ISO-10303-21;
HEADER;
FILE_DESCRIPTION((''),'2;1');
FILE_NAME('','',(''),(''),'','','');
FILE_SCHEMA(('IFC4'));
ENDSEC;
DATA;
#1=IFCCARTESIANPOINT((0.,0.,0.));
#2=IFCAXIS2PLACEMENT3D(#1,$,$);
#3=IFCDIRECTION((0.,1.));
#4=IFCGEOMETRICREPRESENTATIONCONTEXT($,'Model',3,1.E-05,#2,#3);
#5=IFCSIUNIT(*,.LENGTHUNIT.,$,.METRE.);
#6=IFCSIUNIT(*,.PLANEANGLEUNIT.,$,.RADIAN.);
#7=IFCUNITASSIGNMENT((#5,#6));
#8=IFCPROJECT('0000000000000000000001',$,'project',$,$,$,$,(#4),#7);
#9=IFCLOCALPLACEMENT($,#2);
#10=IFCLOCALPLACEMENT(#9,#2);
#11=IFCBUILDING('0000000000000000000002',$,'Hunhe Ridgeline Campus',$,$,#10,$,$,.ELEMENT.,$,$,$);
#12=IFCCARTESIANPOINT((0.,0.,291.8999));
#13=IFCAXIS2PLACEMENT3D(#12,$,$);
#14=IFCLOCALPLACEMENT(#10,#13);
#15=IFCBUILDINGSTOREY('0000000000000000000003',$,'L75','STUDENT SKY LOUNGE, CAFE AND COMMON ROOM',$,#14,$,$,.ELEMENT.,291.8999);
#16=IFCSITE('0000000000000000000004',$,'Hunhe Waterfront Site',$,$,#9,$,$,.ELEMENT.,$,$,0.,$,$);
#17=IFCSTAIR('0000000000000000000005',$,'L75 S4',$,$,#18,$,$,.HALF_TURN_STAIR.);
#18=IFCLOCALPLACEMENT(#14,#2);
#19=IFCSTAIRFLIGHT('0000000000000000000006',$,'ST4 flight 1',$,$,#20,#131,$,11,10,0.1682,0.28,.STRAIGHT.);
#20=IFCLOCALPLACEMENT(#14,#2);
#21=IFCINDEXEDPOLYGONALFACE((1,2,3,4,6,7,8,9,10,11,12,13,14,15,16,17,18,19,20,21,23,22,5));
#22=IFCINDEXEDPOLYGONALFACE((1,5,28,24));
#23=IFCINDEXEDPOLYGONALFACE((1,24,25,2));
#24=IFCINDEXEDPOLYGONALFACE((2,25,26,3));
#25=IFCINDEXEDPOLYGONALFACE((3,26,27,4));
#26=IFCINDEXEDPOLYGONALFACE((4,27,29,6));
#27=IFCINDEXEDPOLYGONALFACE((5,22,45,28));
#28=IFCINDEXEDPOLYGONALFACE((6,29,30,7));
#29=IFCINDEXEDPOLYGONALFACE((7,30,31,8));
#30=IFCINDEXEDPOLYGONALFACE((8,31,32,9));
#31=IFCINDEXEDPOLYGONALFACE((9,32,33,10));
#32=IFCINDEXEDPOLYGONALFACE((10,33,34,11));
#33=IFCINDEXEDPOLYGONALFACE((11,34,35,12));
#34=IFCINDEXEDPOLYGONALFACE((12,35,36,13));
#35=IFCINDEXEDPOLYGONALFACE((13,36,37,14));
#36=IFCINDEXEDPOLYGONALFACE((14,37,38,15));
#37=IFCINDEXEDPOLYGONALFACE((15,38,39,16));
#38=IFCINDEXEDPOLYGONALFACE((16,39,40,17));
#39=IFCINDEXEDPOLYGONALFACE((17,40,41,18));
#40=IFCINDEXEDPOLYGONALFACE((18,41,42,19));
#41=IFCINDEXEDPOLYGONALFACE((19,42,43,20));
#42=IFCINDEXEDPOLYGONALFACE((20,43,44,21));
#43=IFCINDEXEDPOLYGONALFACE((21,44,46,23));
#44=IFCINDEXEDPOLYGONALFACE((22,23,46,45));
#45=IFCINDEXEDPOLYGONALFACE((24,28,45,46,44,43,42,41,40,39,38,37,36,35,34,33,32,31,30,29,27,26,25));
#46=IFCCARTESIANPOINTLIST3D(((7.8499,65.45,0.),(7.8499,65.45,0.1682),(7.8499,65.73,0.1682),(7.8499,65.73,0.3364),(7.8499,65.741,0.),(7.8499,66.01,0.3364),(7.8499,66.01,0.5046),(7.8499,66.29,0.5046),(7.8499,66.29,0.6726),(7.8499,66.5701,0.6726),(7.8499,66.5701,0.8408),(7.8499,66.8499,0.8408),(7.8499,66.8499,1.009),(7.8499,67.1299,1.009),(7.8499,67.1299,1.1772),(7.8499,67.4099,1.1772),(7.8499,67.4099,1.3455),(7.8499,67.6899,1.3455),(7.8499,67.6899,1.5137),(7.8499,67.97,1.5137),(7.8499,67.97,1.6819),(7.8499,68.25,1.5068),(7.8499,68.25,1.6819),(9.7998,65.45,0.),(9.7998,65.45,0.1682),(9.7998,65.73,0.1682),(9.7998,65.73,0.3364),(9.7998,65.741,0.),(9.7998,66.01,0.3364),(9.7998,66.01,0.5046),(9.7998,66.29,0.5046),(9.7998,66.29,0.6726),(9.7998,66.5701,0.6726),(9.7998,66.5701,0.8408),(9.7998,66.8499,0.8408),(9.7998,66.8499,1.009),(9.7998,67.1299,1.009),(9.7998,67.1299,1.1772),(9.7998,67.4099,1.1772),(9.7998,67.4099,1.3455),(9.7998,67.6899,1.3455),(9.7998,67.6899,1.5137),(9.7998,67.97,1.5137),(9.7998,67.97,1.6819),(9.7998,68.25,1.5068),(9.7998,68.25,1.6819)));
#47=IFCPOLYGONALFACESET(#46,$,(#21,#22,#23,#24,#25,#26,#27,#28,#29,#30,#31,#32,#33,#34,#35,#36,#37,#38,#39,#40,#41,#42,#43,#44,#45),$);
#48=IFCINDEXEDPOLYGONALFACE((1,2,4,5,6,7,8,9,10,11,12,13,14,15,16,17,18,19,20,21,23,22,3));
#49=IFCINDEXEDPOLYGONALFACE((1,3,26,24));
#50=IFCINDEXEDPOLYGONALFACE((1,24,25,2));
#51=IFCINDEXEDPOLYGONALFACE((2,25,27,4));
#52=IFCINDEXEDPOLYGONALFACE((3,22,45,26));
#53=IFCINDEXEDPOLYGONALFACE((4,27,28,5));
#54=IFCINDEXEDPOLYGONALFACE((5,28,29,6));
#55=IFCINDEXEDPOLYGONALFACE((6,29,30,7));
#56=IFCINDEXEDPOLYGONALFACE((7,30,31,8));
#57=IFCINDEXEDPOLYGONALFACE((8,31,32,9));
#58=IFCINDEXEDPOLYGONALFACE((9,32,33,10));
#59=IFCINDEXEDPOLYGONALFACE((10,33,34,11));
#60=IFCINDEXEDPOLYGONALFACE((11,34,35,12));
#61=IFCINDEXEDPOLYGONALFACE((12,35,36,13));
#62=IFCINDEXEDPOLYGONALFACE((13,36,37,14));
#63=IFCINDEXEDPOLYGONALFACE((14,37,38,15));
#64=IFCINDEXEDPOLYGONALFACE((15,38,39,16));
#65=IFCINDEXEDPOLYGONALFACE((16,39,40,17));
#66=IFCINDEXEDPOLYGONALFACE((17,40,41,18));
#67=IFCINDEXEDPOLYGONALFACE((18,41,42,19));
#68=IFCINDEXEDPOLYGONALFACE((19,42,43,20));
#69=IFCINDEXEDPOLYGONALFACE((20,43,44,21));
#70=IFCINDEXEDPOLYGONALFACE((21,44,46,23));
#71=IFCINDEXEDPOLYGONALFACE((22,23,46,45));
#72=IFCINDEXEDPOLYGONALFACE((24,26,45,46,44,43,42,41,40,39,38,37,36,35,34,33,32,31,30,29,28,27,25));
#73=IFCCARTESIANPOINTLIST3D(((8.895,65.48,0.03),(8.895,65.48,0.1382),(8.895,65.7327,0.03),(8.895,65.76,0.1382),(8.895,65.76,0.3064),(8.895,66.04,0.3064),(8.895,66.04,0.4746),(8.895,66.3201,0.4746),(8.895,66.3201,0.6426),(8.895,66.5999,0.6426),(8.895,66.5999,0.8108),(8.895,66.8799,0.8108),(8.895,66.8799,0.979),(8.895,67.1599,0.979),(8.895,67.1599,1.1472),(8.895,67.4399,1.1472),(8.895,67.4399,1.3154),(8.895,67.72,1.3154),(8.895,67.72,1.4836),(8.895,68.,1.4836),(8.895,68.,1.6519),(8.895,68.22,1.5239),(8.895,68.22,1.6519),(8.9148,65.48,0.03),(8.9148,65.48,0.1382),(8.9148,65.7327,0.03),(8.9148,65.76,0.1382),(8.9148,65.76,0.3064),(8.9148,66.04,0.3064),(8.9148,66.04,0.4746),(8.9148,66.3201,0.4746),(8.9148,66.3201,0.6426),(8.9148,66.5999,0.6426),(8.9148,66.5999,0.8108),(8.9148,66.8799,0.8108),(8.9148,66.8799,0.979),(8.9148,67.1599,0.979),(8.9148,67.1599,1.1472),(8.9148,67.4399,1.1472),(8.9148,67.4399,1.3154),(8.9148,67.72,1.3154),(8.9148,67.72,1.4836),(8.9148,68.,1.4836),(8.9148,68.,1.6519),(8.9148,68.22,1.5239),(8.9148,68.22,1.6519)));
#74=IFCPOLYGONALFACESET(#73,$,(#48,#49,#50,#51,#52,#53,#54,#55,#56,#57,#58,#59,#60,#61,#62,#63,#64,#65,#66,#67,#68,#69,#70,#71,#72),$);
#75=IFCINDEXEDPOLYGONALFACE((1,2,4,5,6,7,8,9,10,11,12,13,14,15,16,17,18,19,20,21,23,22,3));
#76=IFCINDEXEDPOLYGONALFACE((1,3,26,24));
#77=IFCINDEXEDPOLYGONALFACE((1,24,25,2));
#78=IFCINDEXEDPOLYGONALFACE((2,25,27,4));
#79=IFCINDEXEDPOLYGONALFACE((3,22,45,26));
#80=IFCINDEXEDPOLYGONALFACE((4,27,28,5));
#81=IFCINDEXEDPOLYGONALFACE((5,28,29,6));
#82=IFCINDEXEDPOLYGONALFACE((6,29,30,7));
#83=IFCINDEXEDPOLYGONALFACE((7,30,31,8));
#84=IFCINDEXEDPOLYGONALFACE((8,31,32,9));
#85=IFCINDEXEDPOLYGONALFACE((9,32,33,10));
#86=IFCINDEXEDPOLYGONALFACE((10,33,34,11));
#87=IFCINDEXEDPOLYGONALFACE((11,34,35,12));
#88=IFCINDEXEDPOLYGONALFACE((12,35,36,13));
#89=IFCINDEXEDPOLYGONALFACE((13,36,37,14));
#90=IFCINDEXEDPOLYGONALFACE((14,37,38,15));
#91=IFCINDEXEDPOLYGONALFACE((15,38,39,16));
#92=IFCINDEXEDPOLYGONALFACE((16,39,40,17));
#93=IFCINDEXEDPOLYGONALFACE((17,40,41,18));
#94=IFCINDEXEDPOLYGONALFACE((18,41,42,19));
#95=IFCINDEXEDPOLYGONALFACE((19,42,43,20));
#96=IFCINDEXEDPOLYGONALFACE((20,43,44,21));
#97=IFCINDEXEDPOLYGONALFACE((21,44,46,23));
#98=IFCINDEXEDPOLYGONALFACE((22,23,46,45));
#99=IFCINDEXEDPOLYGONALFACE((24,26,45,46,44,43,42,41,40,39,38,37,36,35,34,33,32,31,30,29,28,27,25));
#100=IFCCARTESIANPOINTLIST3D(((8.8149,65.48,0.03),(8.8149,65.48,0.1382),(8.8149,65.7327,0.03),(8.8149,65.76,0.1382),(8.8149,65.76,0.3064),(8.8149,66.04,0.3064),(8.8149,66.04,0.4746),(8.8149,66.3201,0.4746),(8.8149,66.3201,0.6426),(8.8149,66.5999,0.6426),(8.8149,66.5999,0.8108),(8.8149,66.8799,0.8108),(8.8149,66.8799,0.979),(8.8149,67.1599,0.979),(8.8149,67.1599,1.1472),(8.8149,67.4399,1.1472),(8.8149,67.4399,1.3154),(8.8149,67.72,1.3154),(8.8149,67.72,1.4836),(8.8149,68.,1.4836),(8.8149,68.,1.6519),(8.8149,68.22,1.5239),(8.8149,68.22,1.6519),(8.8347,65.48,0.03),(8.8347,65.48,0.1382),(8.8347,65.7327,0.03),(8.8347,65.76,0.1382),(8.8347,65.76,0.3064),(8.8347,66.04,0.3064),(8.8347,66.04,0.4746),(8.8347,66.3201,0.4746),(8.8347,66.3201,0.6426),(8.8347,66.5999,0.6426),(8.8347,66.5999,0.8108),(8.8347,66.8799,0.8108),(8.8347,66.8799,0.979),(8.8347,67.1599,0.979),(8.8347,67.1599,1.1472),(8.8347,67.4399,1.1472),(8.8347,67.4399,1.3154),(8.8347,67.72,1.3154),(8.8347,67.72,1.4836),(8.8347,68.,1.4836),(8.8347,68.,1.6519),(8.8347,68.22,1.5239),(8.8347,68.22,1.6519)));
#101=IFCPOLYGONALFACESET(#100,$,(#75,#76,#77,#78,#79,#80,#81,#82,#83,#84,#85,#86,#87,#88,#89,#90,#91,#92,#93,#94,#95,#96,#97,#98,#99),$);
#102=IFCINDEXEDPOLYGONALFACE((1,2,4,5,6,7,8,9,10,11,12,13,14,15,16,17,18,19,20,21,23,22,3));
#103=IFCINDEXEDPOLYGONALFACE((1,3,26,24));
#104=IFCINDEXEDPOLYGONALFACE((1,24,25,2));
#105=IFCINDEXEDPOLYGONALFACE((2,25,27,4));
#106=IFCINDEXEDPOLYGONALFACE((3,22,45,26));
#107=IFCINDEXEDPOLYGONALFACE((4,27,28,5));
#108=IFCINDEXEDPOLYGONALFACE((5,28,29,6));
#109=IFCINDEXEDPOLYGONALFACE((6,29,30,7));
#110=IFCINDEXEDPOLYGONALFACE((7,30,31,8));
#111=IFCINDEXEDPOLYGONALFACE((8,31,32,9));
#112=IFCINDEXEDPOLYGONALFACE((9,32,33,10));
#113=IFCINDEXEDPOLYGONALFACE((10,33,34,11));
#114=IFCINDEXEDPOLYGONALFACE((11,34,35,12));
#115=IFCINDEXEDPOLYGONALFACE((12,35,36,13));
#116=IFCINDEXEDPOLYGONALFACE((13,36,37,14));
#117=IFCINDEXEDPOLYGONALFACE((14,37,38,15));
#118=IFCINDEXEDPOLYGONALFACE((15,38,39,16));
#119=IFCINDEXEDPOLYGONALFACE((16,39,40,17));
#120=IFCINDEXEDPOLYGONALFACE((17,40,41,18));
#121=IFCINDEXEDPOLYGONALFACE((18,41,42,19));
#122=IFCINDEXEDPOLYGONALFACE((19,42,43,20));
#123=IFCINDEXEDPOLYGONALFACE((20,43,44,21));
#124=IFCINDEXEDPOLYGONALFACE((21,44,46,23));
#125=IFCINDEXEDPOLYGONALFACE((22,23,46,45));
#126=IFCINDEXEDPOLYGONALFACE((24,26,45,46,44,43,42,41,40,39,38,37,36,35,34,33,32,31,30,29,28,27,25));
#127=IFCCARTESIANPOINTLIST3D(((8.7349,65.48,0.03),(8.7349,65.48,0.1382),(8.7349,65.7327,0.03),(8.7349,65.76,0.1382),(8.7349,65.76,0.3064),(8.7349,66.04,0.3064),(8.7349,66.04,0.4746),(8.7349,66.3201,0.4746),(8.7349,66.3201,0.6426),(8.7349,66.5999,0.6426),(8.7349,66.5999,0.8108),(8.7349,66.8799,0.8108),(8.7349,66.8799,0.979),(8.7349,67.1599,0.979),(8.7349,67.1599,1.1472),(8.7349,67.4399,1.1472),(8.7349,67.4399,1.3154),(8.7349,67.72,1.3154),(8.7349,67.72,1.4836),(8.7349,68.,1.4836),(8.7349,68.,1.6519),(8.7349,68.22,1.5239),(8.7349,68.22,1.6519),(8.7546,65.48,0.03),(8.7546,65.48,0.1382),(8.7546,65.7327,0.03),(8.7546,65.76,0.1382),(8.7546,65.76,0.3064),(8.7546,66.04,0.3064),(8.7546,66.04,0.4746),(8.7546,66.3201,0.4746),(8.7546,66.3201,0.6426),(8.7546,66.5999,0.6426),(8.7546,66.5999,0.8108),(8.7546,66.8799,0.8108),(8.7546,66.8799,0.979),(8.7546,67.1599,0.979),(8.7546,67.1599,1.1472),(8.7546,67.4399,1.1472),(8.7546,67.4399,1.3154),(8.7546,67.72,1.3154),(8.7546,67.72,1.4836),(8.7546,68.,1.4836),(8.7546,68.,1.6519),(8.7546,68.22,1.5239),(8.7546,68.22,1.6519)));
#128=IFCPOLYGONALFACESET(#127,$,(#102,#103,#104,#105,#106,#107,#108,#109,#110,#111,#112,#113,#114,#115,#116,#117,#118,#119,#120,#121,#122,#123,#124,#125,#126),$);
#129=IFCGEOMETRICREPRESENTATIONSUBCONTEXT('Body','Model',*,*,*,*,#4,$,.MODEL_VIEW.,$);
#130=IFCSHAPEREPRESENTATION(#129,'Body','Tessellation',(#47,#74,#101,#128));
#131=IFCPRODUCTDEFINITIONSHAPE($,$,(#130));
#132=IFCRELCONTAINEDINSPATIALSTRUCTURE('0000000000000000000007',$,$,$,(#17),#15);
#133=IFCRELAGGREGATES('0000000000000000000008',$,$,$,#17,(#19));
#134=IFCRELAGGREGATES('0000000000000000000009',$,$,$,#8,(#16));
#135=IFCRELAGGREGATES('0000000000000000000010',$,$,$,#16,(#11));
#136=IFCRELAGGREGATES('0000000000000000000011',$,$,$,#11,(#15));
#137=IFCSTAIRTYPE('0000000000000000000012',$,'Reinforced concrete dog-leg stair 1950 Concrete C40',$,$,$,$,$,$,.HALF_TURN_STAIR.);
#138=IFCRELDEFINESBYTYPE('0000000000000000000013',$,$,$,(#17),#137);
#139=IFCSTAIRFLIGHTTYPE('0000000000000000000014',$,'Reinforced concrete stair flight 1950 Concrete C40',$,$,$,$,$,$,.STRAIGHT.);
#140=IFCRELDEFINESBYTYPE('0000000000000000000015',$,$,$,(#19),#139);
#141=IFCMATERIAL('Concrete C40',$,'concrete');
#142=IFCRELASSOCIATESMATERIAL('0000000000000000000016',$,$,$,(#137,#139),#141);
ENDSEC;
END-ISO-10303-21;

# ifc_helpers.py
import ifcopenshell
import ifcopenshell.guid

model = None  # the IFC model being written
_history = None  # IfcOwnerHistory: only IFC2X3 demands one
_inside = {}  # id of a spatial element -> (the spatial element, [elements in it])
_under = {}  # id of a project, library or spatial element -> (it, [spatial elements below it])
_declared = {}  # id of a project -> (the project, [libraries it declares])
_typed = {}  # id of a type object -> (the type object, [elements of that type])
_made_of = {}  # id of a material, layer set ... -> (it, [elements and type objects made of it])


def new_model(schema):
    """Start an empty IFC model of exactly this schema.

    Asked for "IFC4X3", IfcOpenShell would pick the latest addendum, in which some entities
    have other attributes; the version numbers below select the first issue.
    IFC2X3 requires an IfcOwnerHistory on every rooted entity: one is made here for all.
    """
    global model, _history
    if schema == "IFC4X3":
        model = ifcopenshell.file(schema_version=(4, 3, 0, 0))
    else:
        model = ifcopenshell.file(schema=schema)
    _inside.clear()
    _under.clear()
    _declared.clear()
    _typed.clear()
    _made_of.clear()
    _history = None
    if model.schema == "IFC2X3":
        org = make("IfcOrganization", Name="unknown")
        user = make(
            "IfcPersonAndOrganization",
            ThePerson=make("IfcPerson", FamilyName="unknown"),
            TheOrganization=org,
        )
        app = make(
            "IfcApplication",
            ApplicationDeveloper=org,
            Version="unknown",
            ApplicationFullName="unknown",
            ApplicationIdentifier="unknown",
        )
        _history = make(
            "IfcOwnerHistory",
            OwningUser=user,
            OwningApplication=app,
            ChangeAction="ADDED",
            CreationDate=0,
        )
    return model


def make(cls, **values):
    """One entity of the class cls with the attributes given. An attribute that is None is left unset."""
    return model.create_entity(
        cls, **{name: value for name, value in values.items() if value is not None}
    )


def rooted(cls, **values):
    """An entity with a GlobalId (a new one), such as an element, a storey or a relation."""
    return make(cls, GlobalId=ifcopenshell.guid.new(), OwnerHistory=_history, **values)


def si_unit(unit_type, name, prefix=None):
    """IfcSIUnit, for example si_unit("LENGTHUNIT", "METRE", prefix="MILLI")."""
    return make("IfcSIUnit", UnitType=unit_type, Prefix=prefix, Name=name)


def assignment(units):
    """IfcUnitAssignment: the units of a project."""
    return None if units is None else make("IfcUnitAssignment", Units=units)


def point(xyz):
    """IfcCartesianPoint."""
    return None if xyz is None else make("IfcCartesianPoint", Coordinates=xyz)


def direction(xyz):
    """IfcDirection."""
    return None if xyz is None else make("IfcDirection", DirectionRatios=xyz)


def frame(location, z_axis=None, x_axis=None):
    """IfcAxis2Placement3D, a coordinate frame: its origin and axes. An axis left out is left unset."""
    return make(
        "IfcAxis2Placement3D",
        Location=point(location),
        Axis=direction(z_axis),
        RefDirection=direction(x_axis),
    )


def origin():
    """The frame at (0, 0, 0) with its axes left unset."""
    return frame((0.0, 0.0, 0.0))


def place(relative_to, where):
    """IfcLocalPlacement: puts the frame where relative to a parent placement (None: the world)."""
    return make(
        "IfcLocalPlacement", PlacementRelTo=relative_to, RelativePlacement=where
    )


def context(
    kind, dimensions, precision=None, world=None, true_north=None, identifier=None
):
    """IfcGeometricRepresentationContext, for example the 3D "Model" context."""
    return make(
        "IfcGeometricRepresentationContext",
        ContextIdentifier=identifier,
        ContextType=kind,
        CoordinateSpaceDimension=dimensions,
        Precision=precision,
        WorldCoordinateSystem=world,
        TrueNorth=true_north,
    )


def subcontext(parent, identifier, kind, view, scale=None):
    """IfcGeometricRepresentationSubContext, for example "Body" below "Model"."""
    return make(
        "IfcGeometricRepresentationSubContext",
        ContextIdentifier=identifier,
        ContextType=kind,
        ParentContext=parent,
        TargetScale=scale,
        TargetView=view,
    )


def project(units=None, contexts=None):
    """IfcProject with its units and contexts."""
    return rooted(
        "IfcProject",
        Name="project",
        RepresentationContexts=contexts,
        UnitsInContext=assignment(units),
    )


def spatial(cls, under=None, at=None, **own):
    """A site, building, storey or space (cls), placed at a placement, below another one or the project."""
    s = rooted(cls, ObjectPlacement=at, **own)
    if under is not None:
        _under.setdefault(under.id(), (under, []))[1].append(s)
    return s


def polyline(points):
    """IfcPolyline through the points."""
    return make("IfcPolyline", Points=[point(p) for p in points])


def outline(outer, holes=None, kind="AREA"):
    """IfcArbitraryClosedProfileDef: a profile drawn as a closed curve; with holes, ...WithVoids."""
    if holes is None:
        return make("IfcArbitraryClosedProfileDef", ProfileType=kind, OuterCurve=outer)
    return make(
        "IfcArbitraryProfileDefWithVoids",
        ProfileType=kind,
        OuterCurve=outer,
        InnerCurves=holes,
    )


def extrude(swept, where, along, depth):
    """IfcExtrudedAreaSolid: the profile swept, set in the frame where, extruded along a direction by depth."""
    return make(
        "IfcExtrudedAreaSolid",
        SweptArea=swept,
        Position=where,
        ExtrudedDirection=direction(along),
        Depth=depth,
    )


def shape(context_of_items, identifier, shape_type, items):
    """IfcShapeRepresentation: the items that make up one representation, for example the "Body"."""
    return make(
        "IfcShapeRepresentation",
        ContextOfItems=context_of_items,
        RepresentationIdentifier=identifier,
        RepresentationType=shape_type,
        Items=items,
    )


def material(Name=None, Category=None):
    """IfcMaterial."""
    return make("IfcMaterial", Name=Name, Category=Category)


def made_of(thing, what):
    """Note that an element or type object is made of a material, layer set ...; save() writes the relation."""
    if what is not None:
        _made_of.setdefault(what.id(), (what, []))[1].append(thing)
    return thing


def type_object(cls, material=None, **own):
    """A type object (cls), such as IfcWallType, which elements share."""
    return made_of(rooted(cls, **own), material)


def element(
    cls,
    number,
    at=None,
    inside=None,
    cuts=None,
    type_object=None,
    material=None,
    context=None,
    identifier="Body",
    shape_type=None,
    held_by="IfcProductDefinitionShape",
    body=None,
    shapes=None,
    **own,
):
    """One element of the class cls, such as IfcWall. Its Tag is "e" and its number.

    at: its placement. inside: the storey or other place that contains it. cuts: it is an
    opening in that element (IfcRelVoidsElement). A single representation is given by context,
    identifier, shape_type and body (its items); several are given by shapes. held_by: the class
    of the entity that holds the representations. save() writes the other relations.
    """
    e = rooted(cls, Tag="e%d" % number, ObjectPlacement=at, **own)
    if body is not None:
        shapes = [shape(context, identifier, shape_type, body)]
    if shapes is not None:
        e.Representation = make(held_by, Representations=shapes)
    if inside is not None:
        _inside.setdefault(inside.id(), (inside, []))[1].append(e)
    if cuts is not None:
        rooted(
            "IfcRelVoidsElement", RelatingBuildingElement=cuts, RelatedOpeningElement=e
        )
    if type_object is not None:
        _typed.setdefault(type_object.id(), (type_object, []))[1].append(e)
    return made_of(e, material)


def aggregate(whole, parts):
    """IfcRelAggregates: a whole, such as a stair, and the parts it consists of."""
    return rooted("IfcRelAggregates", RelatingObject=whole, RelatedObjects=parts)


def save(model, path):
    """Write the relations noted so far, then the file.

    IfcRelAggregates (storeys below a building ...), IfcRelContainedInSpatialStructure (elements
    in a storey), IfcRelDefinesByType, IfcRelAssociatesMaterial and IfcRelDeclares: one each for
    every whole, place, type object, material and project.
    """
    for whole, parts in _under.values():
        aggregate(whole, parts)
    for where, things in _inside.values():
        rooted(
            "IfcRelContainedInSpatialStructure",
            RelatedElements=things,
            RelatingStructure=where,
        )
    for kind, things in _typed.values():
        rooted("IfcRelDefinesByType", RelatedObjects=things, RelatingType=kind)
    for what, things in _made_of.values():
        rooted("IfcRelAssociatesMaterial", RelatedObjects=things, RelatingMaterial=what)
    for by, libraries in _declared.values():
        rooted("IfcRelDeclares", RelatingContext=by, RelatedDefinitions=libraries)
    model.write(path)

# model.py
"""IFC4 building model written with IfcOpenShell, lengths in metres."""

from ifc_helpers import new_model, si_unit, direction, frame, origin, place, context, subcontext, project, spatial, polyline, outline, extrude, material, type_object, element, aggregate, save


model = new_model("IFC4")

# Units and contexts
model_context = context("Model", 3, precision=1e-05, world=origin(), true_north=direction((0.0, 1.0)))
body_context = subcontext(model_context, "Body", "Model", "MODEL_VIEW")
ifc_project = project(units=[si_unit("LENGTHUNIT", "METRE"), si_unit("PLANEANGLEUNIT", "RADIAN")], contexts=[model_context])

# Site, building, storey
site_placement = place(None, origin())
site = spatial("IfcSite", under=ifc_project, at=site_placement, Name="Hunhe Waterfront Site", CompositionType="ELEMENT", RefElevation=0.0)
building_placement = place(site_placement, origin())
building = spatial("IfcBuilding", under=site, at=building_placement, Name="Hunhe Ridgeline Campus", CompositionType="ELEMENT")
storey_placement = place(building_placement, frame((0.0, 0.0, 291.8999)))
storey = spatial("IfcBuildingStorey", under=building, at=storey_placement, Name="L75", Description="STUDENT SKY LOUNGE, CAFE AND COMMON ROOM", CompositionType="ELEMENT", Elevation=291.8999)

# Stair, stair flight
ifc_material_1 = material(Name="Concrete C40", Category="concrete")
stair_type = type_object("IfcStairType", Name="Reinforced concrete dog-leg stair 1950 Concrete C40", PredefinedType="HALF_TURN_STAIR", material=ifc_material_1)
stair_flight_type = type_object("IfcStairFlightType", Name="Reinforced concrete stair flight 1950 Concrete C40", PredefinedType="STRAIGHT", material=ifc_material_1)
stair_1_placement = place(storey_placement, origin())
stair_1 = element("IfcStair", 1, at=stair_1_placement, inside=storey, type_object=stair_type, Name="L75 S4", PredefinedType="HALF_TURN_STAIR")
stair_flight_1_placement = place(storey_placement, frame((8.825, 65.45, 0.0), z_axis=(0.0, 0.0, 1.0), x_axis=(0.0, 1.0, 0.0)))
stair_flight_1 = element("IfcStairFlight", 2, at=stair_flight_1_placement, type_object=stair_flight_type, Name="ST4 flight 1", NumberOfRisers=11, NumberOfTreads=10, PredefinedType="STRAIGHT", RiserHeight=0.1682, TreadLength=0.28, context=body_context, shape_type="SweptSolid", body=[
    extrude(outline(polyline([(0.0, 0.0), (0.0, 0.1682), (0.28, 0.1682), (0.28, 0.3364), (0.5601, 0.3364), (0.5601, 0.5046), (0.8401, 0.5046), (0.8401, 0.6726), (1.1201, 0.6726), (1.1201, 0.8408), (1.3999, 0.8408), (1.3999, 1.009), (1.6799, 1.009), (1.6799, 1.1772), (1.96, 1.1772), (1.96, 1.3455), (2.24, 1.3455), (2.24, 1.5137), (2.52, 1.5137), (2.52, 1.6819), (2.8, 1.6819), (2.8, 1.8501), (2.8, 1.5068), (0.291, 0.0), (0.0, 0.0)])), frame((0.0, 0.9751, 0.0), z_axis=(0.0, -1.0, 0.0), x_axis=(1.0, 0.0, 0.0)), (0.0, 0.0, 1.0), 1.95),
    extrude(outline(polyline([(0.03, 0.03), (0.03, 0.1382), (0.3101, 0.1382), (0.3101, 0.3064), (0.5901, 0.3064), (0.5901, 0.4746), (0.8701, 0.4746), (0.8701, 0.6426), (1.1499, 0.6426), (1.1499, 0.8108), (1.4299, 0.8108), (1.4299, 0.979), (1.71, 0.979), (1.71, 1.1472), (1.99, 1.1472), (1.99, 1.3154), (2.27, 1.3154), (2.27, 1.4836), (2.55, 1.4836), (2.55, 1.6519), (2.77, 1.6519), (2.77, 1.5239), (0.2827, 0.03), (0.03, 0.03)])), frame((0.0, -0.0701, 0.0), z_axis=(0.0, -1.0, 0.0), x_axis=(1.0, 0.0, 0.0)), (0.0, 0.0, 1.0), 0.0198),
    extrude(outline(polyline([(0.03, 0.03), (0.03, 0.1382), (0.3101, 0.1382), (0.3101, 0.3064), (0.5901, 0.3064), (0.5901, 0.4746), (0.8701, 0.4746), (0.8701, 0.6426), (1.1499, 0.6426), (1.1499, 0.8108), (1.4299, 0.8108), (1.4299, 0.979), (1.71, 0.979), (1.71, 1.1472), (1.99, 1.1472), (1.99, 1.3154), (2.27, 1.3154), (2.27, 1.4836), (2.55, 1.4836), (2.55, 1.6519), (2.77, 1.6519), (2.77, 1.5239), (0.2827, 0.03), (0.03, 0.03)])), frame((0.0, 0.01, 0.0), z_axis=(0.0, -1.0, 0.0), x_axis=(1.0, 0.0, 0.0)), (0.0, 0.0, 1.0), 0.0198),
    extrude(outline(polyline([(0.03, 0.03), (0.03, 0.1382), (0.3101, 0.1382), (0.3101, 0.3064), (0.5901, 0.3064), (0.5901, 0.4746), (0.8701, 0.4746), (0.8701, 0.6426), (1.1499, 0.6426), (1.1499, 0.8108), (1.4299, 0.8108), (1.4299, 0.979), (1.71, 0.979), (1.71, 1.1472), (1.99, 1.1472), (1.99, 1.3154), (2.27, 1.3154), (2.27, 1.4836), (2.55, 1.4836), (2.55, 1.6519), (2.77, 1.6519), (2.77, 1.5239), (0.2827, 0.03), (0.03, 0.03)])), frame((0.0, 0.0901, 0.0), z_axis=(0.0, -1.0, 0.0), x_axis=(1.0, 0.0, 0.0)), (0.0, 0.0, 1.0), 0.0198),
])
aggregate(stair_1, [stair_flight_1])

save(model, "model.ifc")
